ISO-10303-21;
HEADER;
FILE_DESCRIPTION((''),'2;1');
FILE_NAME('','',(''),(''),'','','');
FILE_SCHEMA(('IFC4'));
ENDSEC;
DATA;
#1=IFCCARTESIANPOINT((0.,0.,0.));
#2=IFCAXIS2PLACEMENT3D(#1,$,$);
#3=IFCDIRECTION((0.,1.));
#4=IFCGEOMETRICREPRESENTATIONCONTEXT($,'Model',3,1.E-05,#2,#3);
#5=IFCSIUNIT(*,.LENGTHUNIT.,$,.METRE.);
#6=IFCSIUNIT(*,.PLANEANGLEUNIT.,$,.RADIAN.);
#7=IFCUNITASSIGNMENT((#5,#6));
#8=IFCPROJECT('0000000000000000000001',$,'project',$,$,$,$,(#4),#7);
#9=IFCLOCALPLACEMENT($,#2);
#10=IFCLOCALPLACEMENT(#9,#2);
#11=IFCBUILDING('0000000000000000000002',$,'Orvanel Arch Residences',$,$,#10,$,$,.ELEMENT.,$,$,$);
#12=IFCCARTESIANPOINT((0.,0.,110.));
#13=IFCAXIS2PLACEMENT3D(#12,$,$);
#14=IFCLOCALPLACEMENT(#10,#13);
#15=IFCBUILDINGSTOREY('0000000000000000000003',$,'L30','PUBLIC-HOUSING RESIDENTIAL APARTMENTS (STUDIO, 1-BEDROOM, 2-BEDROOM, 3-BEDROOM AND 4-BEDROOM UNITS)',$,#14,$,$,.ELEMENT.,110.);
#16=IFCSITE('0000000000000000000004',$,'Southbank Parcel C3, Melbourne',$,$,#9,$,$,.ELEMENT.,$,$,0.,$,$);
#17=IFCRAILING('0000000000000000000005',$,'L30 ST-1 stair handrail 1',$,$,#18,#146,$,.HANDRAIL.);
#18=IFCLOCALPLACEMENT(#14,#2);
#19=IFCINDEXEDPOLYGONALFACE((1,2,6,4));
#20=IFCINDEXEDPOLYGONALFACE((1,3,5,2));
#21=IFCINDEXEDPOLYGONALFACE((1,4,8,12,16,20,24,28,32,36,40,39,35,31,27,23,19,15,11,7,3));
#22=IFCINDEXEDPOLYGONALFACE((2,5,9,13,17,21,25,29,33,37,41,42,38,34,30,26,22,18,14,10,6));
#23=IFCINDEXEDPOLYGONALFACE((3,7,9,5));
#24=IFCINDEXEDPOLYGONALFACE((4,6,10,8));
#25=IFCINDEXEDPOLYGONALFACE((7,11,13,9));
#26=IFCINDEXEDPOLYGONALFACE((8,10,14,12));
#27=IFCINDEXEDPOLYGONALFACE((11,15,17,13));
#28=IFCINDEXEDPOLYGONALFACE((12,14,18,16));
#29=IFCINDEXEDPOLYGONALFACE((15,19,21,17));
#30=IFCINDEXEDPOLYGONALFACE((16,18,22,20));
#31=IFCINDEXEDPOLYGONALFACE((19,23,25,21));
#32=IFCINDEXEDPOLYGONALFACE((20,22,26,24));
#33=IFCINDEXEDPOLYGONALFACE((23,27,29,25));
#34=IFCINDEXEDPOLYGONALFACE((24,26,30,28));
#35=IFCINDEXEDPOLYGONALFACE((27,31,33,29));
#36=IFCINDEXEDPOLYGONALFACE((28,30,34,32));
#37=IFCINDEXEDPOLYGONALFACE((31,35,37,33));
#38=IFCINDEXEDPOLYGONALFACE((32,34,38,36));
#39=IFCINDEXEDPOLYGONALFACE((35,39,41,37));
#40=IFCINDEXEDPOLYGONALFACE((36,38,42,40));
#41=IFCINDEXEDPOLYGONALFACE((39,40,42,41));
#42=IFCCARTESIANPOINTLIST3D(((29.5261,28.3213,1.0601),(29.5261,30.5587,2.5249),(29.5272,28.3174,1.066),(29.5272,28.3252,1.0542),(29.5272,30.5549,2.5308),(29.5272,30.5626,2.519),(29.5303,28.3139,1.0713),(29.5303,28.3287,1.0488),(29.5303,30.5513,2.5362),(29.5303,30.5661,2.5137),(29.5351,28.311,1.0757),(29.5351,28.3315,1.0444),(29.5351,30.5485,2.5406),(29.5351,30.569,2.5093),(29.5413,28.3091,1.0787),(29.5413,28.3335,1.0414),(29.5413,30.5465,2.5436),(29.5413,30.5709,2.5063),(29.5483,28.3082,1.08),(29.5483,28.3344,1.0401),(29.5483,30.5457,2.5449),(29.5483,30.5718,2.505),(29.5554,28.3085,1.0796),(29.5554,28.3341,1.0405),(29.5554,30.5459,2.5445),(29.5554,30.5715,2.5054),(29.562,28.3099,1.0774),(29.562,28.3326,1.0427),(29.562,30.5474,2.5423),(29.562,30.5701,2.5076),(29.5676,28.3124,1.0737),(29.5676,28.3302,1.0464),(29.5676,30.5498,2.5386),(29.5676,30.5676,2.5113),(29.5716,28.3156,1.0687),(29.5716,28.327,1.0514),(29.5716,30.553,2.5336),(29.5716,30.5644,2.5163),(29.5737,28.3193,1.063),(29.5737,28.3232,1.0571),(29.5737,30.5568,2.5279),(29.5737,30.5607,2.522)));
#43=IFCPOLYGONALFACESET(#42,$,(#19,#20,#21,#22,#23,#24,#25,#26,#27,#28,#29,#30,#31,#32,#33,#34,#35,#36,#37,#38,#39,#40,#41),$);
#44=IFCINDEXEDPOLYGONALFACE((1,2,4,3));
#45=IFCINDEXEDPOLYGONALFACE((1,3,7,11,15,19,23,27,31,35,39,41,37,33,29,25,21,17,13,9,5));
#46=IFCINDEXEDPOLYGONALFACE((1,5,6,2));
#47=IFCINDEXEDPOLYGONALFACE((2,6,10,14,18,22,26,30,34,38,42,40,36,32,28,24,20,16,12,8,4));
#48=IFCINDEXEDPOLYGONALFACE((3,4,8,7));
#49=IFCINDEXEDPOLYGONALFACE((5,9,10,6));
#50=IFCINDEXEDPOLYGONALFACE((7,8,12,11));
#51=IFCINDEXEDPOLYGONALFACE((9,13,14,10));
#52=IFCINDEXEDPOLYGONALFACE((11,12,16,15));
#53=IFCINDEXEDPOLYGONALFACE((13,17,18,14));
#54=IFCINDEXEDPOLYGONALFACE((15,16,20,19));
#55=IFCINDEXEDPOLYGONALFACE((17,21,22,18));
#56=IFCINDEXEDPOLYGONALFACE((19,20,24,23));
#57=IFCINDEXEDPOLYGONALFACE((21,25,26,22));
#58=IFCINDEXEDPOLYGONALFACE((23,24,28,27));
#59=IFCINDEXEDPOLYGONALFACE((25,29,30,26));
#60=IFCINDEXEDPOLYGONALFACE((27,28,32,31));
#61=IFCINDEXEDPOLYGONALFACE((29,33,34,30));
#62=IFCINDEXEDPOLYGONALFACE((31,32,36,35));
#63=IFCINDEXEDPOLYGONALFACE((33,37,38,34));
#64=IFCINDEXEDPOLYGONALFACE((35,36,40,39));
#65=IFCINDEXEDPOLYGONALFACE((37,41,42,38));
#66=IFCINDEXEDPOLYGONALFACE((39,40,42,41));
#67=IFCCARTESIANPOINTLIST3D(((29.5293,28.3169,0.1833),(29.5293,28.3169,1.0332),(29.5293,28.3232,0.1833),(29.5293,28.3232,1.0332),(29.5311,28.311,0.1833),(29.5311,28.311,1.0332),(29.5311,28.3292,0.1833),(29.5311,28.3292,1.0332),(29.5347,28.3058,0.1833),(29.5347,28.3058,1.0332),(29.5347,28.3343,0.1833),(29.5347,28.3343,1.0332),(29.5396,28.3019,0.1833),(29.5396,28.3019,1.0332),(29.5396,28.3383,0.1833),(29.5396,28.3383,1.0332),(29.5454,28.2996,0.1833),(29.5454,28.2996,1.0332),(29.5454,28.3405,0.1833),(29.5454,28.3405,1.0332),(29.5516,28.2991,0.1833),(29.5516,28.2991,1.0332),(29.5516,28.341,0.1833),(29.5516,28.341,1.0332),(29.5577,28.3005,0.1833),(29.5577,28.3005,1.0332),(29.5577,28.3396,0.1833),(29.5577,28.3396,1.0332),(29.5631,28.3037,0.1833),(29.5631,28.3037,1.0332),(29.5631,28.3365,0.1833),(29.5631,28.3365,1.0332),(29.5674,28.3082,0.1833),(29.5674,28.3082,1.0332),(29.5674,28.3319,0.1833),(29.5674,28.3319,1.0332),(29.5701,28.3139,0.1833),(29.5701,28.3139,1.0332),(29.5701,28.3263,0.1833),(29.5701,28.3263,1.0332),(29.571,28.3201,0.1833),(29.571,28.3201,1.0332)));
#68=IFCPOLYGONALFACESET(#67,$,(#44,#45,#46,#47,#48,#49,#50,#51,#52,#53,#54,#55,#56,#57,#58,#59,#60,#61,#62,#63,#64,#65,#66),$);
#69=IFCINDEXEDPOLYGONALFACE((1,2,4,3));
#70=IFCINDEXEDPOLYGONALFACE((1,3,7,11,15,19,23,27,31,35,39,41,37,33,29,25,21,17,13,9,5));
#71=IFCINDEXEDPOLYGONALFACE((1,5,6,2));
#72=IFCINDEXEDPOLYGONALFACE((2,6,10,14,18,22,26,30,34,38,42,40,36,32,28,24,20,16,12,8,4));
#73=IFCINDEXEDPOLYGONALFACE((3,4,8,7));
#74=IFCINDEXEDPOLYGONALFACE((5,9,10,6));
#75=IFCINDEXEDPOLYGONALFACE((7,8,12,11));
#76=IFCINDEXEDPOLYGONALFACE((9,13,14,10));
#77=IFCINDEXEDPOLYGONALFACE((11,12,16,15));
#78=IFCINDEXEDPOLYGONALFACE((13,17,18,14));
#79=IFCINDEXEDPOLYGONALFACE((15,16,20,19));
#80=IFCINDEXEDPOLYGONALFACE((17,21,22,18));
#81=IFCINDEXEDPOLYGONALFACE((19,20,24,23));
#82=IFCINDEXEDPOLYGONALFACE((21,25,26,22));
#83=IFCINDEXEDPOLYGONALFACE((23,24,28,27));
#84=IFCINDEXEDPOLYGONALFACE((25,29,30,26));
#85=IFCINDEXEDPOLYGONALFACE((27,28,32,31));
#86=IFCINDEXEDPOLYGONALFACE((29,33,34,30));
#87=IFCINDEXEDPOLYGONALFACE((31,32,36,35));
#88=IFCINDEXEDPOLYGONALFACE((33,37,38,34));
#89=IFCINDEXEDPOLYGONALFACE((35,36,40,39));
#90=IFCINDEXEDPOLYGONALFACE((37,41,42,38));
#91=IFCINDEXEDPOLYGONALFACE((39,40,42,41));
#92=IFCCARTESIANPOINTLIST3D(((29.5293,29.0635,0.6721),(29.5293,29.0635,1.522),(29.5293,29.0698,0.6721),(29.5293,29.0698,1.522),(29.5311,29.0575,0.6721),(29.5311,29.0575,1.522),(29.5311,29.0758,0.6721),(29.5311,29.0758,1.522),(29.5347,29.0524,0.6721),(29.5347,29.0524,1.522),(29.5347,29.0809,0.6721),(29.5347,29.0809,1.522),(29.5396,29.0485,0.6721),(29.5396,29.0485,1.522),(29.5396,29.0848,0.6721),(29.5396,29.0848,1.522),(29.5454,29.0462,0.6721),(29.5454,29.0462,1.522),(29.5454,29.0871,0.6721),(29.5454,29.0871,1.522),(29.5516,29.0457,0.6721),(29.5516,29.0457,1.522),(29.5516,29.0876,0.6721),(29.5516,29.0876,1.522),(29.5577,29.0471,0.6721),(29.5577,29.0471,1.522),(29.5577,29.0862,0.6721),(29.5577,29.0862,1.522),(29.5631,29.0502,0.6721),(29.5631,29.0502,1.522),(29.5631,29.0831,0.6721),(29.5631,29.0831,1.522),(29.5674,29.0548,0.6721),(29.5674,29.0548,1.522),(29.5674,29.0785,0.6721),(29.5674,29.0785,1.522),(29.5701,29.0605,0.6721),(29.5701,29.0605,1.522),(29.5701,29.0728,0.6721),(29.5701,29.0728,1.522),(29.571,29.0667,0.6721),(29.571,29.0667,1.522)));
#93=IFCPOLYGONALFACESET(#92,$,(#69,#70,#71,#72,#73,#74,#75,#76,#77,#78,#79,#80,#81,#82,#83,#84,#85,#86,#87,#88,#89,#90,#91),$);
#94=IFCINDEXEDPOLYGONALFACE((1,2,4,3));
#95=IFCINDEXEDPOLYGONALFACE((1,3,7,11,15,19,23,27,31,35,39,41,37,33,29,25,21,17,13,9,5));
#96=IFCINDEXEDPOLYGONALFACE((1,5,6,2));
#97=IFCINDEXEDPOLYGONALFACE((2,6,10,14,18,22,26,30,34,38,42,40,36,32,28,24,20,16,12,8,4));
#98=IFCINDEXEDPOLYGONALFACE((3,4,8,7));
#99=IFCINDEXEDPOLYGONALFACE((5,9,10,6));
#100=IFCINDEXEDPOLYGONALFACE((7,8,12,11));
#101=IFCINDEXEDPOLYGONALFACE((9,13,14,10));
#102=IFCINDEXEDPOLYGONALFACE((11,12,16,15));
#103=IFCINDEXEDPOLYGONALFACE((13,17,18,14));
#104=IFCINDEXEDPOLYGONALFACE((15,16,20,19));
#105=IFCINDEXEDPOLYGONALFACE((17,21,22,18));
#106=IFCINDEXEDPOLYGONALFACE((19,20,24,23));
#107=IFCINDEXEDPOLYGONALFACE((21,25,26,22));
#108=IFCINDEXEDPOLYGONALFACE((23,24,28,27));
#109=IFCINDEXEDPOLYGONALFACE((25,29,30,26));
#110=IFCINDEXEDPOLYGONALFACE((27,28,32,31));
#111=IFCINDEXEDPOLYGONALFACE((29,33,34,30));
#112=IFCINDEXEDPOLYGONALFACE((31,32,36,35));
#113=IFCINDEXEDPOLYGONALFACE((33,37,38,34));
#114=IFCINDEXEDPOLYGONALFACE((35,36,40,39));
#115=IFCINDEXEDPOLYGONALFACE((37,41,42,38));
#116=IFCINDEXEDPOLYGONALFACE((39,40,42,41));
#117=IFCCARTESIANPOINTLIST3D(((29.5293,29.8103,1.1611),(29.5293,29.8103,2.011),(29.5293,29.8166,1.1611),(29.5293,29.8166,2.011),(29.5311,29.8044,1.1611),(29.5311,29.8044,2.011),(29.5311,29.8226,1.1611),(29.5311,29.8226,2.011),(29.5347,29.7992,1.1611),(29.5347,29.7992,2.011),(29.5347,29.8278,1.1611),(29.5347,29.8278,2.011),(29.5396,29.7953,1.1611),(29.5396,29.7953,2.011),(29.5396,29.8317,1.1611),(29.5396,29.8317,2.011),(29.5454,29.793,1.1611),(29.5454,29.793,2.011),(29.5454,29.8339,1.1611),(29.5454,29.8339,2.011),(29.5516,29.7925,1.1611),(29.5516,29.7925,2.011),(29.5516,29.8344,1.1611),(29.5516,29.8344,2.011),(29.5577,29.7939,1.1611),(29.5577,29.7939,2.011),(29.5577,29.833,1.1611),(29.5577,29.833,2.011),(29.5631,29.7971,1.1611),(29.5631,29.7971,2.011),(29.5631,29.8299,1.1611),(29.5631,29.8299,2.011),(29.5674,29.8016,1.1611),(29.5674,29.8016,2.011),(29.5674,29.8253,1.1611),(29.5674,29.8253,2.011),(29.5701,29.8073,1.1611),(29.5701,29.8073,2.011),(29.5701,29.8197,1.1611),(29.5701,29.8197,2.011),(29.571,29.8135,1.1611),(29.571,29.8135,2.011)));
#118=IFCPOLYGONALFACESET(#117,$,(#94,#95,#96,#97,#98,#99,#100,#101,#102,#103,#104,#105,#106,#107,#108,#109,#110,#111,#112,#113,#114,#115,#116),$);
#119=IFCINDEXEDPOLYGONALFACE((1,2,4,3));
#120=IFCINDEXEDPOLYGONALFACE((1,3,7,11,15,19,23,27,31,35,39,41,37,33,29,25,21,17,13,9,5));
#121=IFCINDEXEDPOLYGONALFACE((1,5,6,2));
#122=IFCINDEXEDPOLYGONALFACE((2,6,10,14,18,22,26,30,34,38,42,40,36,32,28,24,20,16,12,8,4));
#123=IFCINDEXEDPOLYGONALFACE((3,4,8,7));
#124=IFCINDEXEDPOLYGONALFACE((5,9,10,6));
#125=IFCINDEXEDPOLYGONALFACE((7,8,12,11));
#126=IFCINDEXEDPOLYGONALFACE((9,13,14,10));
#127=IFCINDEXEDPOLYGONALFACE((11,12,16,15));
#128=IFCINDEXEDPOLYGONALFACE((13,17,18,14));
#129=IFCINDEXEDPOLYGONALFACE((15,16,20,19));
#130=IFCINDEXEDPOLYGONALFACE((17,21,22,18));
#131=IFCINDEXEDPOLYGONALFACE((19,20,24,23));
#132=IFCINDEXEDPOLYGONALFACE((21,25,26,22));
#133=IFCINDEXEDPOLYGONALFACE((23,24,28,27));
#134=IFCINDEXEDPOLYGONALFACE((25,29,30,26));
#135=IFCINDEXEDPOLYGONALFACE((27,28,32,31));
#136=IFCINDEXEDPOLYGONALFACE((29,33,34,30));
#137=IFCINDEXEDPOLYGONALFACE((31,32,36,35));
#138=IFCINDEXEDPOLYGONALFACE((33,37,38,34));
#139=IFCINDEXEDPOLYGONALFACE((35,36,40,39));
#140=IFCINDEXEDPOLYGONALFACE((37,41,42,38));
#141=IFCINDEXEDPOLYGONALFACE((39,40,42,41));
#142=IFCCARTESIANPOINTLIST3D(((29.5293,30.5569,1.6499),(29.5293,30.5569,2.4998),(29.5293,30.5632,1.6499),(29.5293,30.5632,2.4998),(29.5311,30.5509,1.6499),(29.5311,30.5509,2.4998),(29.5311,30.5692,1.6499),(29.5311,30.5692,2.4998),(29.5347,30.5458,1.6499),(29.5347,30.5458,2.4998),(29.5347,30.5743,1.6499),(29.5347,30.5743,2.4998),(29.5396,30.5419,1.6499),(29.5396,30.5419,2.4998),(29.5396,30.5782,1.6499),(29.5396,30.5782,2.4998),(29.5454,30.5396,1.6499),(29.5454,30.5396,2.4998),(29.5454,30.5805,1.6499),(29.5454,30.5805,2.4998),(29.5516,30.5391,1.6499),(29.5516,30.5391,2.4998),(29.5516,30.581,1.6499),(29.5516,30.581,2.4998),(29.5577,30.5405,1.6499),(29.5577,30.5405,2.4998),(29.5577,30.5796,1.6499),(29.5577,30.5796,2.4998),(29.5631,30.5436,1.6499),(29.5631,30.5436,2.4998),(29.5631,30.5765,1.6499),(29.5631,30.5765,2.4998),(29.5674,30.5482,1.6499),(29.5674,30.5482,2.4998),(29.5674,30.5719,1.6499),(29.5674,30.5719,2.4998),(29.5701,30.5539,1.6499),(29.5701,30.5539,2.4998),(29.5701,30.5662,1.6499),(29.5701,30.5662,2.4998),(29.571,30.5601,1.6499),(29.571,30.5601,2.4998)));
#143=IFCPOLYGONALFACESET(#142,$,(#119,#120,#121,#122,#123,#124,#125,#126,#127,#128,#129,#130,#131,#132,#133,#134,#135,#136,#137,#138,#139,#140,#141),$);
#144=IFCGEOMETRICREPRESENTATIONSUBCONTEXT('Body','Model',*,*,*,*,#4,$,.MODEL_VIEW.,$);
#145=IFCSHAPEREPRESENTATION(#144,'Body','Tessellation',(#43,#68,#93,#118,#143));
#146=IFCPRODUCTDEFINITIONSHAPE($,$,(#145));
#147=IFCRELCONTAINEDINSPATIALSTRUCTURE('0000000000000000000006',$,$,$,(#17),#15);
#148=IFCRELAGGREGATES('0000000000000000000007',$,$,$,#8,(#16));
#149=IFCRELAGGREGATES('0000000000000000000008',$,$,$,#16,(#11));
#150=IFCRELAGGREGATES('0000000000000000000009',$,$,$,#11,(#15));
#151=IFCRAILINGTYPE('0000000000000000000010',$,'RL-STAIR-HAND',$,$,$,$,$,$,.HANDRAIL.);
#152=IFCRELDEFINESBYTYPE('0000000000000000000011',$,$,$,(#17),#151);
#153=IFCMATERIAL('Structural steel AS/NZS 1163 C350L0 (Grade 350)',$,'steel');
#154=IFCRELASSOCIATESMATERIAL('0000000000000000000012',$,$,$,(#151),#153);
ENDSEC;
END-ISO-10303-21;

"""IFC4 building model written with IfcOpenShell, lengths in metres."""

from ifc_helpers import new_model, si_unit, direction, frame, origin, origin_2d, place, context, subcontext, project, spatial, circle, extrude, material, type_object, element, save


model = new_model("IFC4")

# Units and contexts
model_context = context("Model", 3, precision=1e-05, world=origin(), true_north=direction((0.0, 1.0)))
body_context = subcontext(model_context, "Body", "Model", "MODEL_VIEW")
ifc_project = project(units=[si_unit("LENGTHUNIT", "METRE"), si_unit("PLANEANGLEUNIT", "RADIAN")], contexts=[model_context])

# Site, building, storey
site_placement = place(None, origin())
site = spatial("IfcSite", under=ifc_project, at=site_placement, Name="Southbank Parcel C3, Melbourne", CompositionType="ELEMENT", RefElevation=0.0)
building_placement = place(site_placement, origin())
building = spatial("IfcBuilding", under=site, at=building_placement, Name="Orvanel Arch Residences", CompositionType="ELEMENT")
storey_placement = place(building_placement, frame((0.0, 0.0, 110.0)))
storey = spatial("IfcBuildingStorey", under=building, at=storey_placement, Name="L30", Description="PUBLIC-HOUSING RESIDENTIAL APARTMENTS (STUDIO, 1-BEDROOM, 2-BEDROOM, 3-BEDROOM AND 4-BEDROOM UNITS)", CompositionType="ELEMENT", Elevation=110.0)

# Railing
ifc_material_1 = material(Name="Structural steel AS/NZS 1163 C350L0 (Grade 350)", Category="steel")
railing_type_1 = type_object("IfcRailingType", Name="RL-STAIR-HAND", PredefinedType="HANDRAIL", material=ifc_material_1)
railing_1_placement = place(storey_placement, frame((29.55, 28.3201, 0.1833)))
element("IfcRailing", 1, at=railing_1_placement, inside=storey, type_object=railing_type_1, Name="L30 ST-1 stair handrail 1", PredefinedType="HANDRAIL", context=body_context, shape_type="SweptSolid", body=[
    extrude(circle(Radius=0.0239, at=origin_2d()), frame((0.0, 0.0012, 0.8767), z_axis=(0.0, 0.836637, 0.547758), x_axis=(-1.0, 0.0, 0.0)), (0.0, 0.0, 1.0), 2.6743),
    extrude(circle(Radius=0.021, at=origin_2d()), origin(), (0.0, 0.0, 1.0), 0.8499),
    extrude(circle(Radius=0.021, at=origin_2d()), frame((0.0, 0.7466, 0.4888)), (0.0, 0.0, 1.0), 0.8499),
    extrude(circle(Radius=0.021, at=origin_2d()), frame((0.0, 1.4934, 0.9778)), (0.0, 0.0, 1.0), 0.8499),
    extrude(circle(Radius=0.021, at=origin_2d()), frame((0.0, 2.24, 1.4666)), (0.0, 0.0, 1.0), 0.8499),
])

save(model, "model.ifc")
